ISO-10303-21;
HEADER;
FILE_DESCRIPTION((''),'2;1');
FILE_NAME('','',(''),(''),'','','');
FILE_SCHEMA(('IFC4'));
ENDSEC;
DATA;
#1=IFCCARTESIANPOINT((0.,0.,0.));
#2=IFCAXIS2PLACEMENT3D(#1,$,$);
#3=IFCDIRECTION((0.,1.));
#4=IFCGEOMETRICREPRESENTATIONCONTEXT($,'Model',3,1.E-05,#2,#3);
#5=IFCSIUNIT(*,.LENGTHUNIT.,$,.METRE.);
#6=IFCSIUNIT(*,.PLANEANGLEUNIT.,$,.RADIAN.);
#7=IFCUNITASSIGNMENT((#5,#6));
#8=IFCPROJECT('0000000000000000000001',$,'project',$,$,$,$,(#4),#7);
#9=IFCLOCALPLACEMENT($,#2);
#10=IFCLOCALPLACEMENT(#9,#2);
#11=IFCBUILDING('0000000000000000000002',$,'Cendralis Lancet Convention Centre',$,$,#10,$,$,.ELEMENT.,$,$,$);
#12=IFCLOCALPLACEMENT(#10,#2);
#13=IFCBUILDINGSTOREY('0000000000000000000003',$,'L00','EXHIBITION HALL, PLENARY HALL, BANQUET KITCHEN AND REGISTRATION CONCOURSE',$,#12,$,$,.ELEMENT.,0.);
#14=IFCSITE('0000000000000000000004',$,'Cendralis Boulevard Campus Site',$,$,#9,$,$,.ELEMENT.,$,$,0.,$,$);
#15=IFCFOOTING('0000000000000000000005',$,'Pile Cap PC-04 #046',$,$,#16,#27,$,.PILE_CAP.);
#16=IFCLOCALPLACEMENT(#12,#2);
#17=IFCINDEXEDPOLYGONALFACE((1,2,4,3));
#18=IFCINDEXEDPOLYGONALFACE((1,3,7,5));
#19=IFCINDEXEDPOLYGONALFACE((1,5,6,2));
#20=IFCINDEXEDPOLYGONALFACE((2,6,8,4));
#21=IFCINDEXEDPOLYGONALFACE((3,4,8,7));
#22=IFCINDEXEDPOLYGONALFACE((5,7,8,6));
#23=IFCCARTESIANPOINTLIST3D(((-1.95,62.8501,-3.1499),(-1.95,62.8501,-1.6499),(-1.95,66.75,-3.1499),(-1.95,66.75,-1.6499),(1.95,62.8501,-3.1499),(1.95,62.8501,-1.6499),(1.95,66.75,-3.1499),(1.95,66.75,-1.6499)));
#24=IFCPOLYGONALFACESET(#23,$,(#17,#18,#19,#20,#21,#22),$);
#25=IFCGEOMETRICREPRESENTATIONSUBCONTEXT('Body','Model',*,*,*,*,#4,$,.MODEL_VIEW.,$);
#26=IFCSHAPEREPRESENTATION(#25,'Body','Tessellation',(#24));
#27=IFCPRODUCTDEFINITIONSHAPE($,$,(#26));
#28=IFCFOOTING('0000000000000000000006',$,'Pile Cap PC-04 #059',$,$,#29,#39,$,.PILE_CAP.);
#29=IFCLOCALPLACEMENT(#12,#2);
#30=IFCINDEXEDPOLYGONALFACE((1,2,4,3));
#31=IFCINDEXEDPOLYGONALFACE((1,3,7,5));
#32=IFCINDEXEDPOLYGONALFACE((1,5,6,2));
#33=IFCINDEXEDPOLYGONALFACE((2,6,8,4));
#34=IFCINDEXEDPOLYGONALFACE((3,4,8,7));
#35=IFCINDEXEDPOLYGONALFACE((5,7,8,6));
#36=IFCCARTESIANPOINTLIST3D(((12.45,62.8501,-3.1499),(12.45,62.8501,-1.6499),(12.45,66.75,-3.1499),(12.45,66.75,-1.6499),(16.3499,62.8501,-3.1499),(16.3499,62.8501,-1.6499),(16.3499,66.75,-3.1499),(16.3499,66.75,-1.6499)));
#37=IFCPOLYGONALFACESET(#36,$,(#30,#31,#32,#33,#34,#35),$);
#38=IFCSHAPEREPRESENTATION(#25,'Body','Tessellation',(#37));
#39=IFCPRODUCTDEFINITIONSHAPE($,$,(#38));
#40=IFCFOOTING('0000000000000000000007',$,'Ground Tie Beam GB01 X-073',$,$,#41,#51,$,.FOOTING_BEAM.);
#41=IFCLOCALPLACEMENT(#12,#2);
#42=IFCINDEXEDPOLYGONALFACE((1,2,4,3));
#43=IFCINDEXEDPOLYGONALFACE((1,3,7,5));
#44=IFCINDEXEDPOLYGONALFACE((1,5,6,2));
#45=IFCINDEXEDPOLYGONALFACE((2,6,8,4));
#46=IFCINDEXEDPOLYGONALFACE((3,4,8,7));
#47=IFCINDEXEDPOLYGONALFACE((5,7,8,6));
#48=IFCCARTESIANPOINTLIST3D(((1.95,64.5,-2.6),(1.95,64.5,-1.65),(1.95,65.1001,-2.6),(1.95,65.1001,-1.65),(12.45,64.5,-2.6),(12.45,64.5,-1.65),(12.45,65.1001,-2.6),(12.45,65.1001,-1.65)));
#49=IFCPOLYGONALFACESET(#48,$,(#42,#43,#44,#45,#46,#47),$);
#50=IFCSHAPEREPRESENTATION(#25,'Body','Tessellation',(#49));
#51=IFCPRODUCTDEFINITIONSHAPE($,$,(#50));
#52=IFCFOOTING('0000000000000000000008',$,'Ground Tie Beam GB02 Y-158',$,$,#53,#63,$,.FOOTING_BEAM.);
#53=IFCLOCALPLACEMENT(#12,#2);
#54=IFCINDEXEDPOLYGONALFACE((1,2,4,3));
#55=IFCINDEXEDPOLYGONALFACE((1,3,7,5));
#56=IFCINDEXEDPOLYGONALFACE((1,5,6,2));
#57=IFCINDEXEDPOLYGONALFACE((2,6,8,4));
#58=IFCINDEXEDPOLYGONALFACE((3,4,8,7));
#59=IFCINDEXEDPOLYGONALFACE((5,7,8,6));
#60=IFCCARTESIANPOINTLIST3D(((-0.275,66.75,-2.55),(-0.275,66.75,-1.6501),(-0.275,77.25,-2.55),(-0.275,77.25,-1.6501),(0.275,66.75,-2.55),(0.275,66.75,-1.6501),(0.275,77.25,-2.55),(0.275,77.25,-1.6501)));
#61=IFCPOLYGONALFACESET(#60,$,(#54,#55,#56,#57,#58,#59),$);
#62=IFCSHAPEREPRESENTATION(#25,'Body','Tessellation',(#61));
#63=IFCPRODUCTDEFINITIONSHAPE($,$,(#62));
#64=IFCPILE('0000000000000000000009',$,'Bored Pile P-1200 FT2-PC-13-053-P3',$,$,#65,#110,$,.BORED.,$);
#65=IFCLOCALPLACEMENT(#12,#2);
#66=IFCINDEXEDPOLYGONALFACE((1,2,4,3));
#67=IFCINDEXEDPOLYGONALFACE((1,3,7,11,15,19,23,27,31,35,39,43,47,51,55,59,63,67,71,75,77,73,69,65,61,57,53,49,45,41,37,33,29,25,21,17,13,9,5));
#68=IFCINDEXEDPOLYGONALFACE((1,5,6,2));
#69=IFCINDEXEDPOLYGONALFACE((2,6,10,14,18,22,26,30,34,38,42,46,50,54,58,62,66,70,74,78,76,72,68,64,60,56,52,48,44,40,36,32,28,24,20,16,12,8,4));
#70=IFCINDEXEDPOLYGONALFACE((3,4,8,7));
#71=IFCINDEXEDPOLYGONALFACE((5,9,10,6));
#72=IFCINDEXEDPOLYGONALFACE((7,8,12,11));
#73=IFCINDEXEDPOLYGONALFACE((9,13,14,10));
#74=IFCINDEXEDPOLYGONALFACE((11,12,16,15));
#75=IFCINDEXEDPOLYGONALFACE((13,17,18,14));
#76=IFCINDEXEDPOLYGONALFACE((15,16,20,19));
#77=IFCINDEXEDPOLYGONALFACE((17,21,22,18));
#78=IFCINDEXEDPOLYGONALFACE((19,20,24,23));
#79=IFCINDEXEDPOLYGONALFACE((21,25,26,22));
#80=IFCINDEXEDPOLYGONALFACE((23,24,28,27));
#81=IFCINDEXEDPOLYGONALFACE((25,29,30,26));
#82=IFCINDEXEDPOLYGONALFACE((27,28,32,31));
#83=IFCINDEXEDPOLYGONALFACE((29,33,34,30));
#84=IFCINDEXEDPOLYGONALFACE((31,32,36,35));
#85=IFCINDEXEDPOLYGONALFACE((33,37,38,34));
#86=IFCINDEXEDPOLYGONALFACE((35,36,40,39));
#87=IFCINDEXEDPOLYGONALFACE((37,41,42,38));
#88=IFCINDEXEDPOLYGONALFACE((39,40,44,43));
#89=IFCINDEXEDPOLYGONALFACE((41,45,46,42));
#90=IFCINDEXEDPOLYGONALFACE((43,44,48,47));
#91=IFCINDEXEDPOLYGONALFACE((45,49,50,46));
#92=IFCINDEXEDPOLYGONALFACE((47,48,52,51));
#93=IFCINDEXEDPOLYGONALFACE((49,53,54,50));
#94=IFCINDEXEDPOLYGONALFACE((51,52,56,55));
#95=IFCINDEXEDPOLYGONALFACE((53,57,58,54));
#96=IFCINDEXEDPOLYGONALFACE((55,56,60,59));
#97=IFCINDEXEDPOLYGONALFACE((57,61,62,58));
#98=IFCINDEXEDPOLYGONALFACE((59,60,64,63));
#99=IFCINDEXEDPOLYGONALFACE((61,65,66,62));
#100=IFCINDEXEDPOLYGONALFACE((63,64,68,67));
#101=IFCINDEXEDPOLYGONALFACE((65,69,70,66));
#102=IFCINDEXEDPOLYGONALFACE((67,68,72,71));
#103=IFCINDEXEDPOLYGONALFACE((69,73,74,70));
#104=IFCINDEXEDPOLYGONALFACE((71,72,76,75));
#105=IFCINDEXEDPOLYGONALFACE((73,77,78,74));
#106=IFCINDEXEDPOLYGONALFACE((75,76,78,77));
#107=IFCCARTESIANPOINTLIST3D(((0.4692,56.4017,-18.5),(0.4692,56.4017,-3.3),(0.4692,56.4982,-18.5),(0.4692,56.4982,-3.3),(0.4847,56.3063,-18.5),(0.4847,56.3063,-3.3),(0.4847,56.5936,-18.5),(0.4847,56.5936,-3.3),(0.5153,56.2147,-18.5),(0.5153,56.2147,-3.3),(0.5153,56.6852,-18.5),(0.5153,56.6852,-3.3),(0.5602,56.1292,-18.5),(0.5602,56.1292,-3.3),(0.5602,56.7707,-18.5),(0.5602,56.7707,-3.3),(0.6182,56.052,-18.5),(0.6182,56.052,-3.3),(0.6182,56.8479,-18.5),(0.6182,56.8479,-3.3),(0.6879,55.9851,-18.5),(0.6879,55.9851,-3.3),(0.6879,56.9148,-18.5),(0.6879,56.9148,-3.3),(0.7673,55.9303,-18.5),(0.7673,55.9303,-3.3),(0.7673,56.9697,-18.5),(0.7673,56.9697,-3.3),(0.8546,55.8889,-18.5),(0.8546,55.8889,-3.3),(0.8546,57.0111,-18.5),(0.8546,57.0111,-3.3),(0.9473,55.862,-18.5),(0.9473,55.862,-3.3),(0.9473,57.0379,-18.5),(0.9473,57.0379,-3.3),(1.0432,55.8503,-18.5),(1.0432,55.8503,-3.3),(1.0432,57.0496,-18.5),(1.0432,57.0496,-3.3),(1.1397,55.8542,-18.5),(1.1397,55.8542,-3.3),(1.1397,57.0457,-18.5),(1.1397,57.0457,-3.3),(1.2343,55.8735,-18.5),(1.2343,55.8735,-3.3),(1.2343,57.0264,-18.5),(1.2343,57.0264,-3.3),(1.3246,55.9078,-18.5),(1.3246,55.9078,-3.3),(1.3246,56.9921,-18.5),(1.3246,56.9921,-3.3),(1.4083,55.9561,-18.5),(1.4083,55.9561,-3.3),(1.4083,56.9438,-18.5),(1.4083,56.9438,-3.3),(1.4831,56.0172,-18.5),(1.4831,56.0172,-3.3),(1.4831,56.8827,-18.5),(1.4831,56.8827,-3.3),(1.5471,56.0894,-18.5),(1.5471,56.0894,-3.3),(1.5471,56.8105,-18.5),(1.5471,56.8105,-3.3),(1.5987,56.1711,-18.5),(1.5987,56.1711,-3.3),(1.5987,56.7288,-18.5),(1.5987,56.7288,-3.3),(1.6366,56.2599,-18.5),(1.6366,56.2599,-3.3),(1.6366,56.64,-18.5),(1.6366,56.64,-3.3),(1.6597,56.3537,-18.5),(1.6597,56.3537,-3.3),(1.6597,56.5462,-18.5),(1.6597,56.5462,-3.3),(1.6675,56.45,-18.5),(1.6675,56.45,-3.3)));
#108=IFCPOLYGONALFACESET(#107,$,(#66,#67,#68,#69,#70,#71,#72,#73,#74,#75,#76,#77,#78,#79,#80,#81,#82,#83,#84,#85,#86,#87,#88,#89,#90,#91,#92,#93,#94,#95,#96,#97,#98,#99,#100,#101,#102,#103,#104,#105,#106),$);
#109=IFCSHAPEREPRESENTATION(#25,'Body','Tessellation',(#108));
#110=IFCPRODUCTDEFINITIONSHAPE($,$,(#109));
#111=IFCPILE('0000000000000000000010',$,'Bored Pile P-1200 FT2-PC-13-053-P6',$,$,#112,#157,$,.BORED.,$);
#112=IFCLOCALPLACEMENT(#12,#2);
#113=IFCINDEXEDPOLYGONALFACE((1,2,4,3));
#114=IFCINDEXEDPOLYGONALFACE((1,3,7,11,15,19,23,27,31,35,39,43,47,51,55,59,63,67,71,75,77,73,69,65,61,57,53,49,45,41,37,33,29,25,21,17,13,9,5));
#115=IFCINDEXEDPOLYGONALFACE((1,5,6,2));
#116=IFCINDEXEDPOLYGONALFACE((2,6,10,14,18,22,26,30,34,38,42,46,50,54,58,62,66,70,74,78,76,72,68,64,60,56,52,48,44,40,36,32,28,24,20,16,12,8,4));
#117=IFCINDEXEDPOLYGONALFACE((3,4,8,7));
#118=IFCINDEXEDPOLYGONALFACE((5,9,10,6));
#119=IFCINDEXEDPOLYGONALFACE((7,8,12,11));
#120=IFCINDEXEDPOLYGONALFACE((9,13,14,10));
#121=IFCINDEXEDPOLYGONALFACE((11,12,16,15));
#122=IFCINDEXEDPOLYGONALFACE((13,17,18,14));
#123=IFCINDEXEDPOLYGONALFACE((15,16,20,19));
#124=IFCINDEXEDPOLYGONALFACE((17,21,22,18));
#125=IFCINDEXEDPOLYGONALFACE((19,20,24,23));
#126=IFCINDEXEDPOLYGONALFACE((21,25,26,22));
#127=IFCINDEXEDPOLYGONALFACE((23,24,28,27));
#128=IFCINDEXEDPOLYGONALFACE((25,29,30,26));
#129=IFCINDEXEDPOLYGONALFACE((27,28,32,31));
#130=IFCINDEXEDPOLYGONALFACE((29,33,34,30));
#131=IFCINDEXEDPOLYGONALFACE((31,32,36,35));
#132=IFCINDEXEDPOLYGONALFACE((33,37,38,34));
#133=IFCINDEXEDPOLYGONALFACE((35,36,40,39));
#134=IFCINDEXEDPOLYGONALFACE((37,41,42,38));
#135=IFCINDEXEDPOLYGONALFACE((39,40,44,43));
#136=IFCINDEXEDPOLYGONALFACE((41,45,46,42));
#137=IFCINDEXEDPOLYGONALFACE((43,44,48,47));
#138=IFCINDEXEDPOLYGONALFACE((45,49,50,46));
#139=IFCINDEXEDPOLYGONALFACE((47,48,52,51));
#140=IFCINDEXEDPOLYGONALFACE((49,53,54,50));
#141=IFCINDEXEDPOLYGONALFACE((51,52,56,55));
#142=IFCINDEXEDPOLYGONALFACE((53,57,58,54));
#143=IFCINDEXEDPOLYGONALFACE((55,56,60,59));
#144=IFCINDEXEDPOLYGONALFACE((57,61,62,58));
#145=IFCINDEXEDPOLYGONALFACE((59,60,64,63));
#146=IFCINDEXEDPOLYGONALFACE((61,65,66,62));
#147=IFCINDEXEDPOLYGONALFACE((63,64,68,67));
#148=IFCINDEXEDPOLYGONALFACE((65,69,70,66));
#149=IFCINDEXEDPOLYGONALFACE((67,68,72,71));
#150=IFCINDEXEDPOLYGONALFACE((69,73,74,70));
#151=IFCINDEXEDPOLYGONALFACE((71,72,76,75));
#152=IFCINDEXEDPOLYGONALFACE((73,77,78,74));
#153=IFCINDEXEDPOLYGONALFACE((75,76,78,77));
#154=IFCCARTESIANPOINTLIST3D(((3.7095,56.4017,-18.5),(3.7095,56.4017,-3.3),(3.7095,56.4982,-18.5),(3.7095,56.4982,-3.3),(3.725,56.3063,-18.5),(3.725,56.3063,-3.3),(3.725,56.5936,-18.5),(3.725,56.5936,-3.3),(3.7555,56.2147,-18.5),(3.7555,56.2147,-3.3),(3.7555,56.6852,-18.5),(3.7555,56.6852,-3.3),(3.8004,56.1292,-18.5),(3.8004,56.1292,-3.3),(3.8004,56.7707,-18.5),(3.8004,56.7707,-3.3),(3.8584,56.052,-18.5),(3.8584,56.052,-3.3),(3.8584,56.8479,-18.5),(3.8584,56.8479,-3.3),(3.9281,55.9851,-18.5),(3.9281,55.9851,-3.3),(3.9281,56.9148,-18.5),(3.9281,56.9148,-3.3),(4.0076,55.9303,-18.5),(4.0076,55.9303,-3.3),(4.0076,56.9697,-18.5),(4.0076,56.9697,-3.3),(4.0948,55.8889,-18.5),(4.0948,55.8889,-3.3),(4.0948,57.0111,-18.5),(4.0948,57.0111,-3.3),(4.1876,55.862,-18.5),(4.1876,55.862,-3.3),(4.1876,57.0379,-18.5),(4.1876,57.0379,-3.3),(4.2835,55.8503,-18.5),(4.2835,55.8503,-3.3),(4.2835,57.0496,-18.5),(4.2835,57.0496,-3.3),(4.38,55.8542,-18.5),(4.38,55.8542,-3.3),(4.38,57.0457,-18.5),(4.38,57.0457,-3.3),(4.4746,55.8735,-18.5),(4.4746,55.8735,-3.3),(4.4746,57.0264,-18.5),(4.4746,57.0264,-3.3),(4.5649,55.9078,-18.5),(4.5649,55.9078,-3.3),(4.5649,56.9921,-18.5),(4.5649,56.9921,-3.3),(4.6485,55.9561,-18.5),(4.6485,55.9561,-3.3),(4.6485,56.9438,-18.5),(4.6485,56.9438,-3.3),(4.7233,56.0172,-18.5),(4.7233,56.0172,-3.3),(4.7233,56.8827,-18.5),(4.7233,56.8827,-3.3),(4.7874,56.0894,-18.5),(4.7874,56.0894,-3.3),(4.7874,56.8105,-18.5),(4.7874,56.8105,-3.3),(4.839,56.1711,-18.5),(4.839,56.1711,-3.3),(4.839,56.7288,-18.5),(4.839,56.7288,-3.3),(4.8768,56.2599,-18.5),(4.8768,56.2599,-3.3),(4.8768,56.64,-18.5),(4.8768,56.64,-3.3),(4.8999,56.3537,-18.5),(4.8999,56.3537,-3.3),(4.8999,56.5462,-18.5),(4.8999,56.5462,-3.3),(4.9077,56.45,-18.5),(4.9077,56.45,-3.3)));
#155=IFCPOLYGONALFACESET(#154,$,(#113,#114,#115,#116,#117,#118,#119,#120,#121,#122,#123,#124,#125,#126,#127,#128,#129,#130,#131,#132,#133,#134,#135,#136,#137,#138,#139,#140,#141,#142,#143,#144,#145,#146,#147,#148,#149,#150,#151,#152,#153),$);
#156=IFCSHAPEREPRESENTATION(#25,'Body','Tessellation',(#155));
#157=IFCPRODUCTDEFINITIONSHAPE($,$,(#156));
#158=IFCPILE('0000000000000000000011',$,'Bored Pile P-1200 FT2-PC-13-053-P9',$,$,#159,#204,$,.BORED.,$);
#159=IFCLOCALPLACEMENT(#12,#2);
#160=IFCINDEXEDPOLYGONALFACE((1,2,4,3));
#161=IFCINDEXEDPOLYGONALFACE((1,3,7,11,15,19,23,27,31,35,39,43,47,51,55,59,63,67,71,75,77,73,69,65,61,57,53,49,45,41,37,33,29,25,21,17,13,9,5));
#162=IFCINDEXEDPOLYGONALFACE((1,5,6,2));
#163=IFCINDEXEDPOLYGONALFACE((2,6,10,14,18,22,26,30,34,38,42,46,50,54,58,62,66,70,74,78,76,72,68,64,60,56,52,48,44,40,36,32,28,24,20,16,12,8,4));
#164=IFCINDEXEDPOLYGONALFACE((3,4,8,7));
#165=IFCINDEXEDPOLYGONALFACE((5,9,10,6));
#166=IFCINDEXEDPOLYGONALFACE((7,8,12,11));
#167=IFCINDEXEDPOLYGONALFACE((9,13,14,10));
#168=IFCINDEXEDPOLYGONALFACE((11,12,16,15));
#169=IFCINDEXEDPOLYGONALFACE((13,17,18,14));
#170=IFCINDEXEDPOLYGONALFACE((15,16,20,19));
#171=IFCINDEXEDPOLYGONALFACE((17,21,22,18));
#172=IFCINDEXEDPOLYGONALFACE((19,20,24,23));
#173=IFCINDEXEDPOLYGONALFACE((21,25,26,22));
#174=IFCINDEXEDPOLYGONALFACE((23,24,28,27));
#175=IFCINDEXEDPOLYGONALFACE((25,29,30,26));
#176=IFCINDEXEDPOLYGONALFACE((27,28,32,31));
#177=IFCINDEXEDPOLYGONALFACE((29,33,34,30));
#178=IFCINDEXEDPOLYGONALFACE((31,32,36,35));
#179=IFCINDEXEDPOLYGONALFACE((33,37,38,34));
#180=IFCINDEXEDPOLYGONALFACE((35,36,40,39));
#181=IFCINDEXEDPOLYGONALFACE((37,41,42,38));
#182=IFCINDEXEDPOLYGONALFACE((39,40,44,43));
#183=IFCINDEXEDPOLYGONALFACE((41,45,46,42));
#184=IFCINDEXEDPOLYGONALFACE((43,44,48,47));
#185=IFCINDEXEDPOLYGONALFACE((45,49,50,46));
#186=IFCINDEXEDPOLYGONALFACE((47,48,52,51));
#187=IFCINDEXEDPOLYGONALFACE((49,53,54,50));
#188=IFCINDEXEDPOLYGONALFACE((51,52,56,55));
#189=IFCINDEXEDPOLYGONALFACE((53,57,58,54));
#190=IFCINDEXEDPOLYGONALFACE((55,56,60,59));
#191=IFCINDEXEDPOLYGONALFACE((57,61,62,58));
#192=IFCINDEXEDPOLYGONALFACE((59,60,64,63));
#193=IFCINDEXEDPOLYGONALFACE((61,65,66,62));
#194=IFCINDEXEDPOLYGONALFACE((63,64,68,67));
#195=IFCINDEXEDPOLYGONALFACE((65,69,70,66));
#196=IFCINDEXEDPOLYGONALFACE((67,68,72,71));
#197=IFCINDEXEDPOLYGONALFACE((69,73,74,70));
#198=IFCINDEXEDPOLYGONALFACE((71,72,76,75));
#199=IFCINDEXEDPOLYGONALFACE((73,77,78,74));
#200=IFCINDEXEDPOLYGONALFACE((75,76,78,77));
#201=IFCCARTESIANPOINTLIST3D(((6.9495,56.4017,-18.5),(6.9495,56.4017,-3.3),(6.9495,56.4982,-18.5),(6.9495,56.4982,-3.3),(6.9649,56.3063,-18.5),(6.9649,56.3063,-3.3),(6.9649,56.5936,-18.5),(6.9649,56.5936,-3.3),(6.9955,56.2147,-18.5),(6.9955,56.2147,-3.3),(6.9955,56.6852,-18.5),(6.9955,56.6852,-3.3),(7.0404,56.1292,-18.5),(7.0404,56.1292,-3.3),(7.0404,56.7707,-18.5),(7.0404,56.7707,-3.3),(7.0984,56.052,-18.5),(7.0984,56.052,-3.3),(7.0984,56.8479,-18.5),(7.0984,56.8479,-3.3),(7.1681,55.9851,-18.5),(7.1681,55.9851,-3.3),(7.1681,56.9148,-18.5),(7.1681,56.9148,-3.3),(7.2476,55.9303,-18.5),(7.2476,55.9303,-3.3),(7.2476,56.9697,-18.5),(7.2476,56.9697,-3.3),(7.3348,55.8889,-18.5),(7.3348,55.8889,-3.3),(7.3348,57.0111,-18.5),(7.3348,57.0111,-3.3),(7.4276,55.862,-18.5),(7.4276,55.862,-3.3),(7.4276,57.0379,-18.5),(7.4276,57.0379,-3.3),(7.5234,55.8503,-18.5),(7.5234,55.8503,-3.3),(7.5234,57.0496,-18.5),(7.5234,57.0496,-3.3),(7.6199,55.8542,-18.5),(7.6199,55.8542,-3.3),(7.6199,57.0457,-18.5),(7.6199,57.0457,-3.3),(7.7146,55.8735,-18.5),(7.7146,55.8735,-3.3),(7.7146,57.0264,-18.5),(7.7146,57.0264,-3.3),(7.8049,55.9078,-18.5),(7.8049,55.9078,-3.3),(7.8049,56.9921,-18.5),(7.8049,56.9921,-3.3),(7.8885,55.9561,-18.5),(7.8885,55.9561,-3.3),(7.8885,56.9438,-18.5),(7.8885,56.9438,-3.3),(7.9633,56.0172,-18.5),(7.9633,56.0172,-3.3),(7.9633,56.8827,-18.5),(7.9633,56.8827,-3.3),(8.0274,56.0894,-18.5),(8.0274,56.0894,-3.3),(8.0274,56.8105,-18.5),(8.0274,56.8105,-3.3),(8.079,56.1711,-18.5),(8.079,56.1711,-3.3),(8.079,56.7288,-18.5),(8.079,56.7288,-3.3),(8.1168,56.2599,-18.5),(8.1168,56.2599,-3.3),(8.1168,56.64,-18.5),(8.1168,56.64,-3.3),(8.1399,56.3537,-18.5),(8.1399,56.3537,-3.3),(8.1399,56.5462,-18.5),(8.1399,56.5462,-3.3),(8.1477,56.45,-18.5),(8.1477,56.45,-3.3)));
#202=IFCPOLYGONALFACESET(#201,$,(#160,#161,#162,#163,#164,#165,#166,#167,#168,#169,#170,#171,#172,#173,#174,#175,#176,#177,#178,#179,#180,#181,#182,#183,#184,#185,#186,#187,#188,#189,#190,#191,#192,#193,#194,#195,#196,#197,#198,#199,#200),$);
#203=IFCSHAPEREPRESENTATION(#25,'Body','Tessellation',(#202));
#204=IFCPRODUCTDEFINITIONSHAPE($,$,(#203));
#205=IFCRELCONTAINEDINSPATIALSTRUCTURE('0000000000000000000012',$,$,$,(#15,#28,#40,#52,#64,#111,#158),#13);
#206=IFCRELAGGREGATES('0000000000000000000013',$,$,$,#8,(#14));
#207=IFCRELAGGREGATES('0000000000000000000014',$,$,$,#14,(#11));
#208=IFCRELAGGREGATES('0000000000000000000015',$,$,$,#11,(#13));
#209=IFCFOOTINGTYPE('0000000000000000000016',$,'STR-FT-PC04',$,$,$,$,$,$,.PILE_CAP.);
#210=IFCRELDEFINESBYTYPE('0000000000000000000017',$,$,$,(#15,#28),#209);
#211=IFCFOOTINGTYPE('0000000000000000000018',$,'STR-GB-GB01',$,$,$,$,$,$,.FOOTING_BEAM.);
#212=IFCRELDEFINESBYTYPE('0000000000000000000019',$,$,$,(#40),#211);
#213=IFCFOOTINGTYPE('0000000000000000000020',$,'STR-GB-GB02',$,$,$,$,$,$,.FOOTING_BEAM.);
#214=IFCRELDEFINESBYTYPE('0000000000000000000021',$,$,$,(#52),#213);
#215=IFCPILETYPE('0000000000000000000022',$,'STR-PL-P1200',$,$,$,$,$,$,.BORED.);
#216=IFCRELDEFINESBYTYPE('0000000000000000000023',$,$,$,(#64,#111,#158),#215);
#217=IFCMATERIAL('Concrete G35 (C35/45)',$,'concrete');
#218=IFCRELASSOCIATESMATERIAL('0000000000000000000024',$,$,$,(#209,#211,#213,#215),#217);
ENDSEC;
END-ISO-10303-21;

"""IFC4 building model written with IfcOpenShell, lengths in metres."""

from ifc_helpers import new_model, si_unit, direction, frame, origin, origin_2d, place, context, subcontext, project, spatial, rectangle, circle, extrude, material, material_profile, profile_set, type_object, element, save


model = new_model("IFC4")

# Units and contexts
model_context = context("Model", 3, precision=1e-05, world=origin(), true_north=direction((0.0, 1.0)))
body_context = subcontext(model_context, "Body", "Model", "MODEL_VIEW")
ifc_project = project(units=[si_unit("LENGTHUNIT", "METRE"), si_unit("PLANEANGLEUNIT", "RADIAN")], contexts=[model_context])

# Site, building, storey
site_placement = place(None, origin())
site = spatial("IfcSite", under=ifc_project, at=site_placement, Name="Cendralis Boulevard Campus Site", CompositionType="ELEMENT", RefElevation=0.0)
building_placement = place(site_placement, origin())
building = spatial("IfcBuilding", under=site, at=building_placement, Name="Cendralis Lancet Convention Centre", CompositionType="ELEMENT")
storey_placement = place(building_placement, origin())
storey = spatial("IfcBuildingStorey", under=building, at=storey_placement, Name="L00", Description="EXHIBITION HALL, PLENARY HALL, BANQUET KITCHEN AND REGISTRATION CONCOURSE", CompositionType="ELEMENT", Elevation=0.0)

# Footings
ifc_material_1 = material(Name="Concrete G35 (C35/45)", Category="concrete")
footing_type_1 = type_object("IfcFootingType", Name="STR-FT-PC04", PredefinedType="PILE_CAP", material=ifc_material_1)
for number, where, z_axis, x_axis, name in (
    (1, (0.0, 64.8, -3.1499), (0.0, 0.0, 1.0), (1.0, 0.0, 0.0), "Pile Cap PC-04 #046"),
    (2, (14.3999, 64.8, -3.1499), (0.0, 0.0, 1.0), (1.0, 0.0, 0.0), "Pile Cap PC-04 #059"),
):
    element("IfcFooting", number, at=place(storey_placement, frame(where, z_axis=z_axis, x_axis=x_axis)), inside=storey, type_object=footing_type_1, Name=name, PredefinedType="PILE_CAP", context=body_context, shape_type="SweptSolid", body=[
        extrude(rectangle(XDim=3.8999, YDim=3.8999, at=origin_2d()), origin(), (0.0, 0.0, 1.0), 1.5),
    ])
ifc_material_profile_1 = material_profile(ifc_material_1, rectangle(XDim=0.6001, YDim=0.95, at=origin_2d()), Name="RCB 600x950")
ifc_profile_set_1 = profile_set([ifc_material_profile_1], Name="Concrete G35 (C35/45)")
footing_type_2 = type_object("IfcFootingType", Name="STR-GB-GB01", PredefinedType="FOOTING_BEAM", material=ifc_profile_set_1)
footing_1_placement = place(storey_placement, frame((1.95, 64.8, -2.125), z_axis=(1.0, 0.0, 0.0), x_axis=(0.0, 1.0, 0.0)))
element("IfcFooting", 3, at=footing_1_placement, inside=storey, type_object=footing_type_2, Name="Ground Tie Beam GB01 X-073", PredefinedType="FOOTING_BEAM", context=body_context, shape_type="SweptSolid", body=[
    extrude(rectangle(XDim=0.6001, YDim=0.95, at=origin_2d()), origin(), (0.0, 0.0, 1.0), 10.5),
])
ifc_material_profile_2 = material_profile(ifc_material_1, rectangle(XDim=0.55, YDim=0.8999, at=origin_2d()), Name="RCB 550x900")
ifc_profile_set_2 = profile_set([ifc_material_profile_2], Name="Concrete G35 (C35/45)")
footing_type_3 = type_object("IfcFootingType", Name="STR-GB-GB02", PredefinedType="FOOTING_BEAM", material=ifc_profile_set_2)
footing_2_placement = place(storey_placement, frame((0.0, 66.75, -2.1001), z_axis=(0.0, 1.0, 0.0), x_axis=(-1.0, 0.0, 0.0)))
element("IfcFooting", 4, at=footing_2_placement, inside=storey, type_object=footing_type_3, Name="Ground Tie Beam GB02 Y-158", PredefinedType="FOOTING_BEAM", context=body_context, shape_type="SweptSolid", body=[
    extrude(rectangle(XDim=0.55, YDim=0.8999, at=origin_2d()), origin(), (0.0, 0.0, 1.0), 10.5),
])

# Piles
ifc_material_profile_3 = material_profile(ifc_material_1, circle(Radius=0.6001, at=origin_2d()), Name="BORED PILE D1200")
ifc_profile_set_3 = profile_set([ifc_material_profile_3], Name="Concrete G35 (C35/45)")
pile_type_1 = type_object("IfcPileType", Name="STR-PL-P1200", PredefinedType="BORED", material=ifc_profile_set_3)
for number, where, z_axis, x_axis, name in (
    (5, (1.0674, 56.45, -3.3), (0.0, 0.0, -1.0), (1.0, 0.0, 0.0), "Bored Pile P-1200 FT2-PC-13-053-P3"),
    (6, (4.3076, 56.45, -3.3), (0.0, 0.0, -1.0), (1.0, 0.0, 0.0), "Bored Pile P-1200 FT2-PC-13-053-P6"),
    (7, (7.5476, 56.45, -3.3), (0.0, 0.0, -1.0), (1.0, 0.0, 0.0), "Bored Pile P-1200 FT2-PC-13-053-P9"),
):
    element("IfcPile", number, at=place(storey_placement, frame(where, z_axis=z_axis, x_axis=x_axis)), inside=storey, type_object=pile_type_1, Name=name, PredefinedType="BORED", context=body_context, shape_type="SweptSolid", body=[
        extrude(circle(Radius=0.6001, at=origin_2d()), origin(), (0.0, 0.0, 1.0), 15.2),
    ])

save(model, "model.ifc")
